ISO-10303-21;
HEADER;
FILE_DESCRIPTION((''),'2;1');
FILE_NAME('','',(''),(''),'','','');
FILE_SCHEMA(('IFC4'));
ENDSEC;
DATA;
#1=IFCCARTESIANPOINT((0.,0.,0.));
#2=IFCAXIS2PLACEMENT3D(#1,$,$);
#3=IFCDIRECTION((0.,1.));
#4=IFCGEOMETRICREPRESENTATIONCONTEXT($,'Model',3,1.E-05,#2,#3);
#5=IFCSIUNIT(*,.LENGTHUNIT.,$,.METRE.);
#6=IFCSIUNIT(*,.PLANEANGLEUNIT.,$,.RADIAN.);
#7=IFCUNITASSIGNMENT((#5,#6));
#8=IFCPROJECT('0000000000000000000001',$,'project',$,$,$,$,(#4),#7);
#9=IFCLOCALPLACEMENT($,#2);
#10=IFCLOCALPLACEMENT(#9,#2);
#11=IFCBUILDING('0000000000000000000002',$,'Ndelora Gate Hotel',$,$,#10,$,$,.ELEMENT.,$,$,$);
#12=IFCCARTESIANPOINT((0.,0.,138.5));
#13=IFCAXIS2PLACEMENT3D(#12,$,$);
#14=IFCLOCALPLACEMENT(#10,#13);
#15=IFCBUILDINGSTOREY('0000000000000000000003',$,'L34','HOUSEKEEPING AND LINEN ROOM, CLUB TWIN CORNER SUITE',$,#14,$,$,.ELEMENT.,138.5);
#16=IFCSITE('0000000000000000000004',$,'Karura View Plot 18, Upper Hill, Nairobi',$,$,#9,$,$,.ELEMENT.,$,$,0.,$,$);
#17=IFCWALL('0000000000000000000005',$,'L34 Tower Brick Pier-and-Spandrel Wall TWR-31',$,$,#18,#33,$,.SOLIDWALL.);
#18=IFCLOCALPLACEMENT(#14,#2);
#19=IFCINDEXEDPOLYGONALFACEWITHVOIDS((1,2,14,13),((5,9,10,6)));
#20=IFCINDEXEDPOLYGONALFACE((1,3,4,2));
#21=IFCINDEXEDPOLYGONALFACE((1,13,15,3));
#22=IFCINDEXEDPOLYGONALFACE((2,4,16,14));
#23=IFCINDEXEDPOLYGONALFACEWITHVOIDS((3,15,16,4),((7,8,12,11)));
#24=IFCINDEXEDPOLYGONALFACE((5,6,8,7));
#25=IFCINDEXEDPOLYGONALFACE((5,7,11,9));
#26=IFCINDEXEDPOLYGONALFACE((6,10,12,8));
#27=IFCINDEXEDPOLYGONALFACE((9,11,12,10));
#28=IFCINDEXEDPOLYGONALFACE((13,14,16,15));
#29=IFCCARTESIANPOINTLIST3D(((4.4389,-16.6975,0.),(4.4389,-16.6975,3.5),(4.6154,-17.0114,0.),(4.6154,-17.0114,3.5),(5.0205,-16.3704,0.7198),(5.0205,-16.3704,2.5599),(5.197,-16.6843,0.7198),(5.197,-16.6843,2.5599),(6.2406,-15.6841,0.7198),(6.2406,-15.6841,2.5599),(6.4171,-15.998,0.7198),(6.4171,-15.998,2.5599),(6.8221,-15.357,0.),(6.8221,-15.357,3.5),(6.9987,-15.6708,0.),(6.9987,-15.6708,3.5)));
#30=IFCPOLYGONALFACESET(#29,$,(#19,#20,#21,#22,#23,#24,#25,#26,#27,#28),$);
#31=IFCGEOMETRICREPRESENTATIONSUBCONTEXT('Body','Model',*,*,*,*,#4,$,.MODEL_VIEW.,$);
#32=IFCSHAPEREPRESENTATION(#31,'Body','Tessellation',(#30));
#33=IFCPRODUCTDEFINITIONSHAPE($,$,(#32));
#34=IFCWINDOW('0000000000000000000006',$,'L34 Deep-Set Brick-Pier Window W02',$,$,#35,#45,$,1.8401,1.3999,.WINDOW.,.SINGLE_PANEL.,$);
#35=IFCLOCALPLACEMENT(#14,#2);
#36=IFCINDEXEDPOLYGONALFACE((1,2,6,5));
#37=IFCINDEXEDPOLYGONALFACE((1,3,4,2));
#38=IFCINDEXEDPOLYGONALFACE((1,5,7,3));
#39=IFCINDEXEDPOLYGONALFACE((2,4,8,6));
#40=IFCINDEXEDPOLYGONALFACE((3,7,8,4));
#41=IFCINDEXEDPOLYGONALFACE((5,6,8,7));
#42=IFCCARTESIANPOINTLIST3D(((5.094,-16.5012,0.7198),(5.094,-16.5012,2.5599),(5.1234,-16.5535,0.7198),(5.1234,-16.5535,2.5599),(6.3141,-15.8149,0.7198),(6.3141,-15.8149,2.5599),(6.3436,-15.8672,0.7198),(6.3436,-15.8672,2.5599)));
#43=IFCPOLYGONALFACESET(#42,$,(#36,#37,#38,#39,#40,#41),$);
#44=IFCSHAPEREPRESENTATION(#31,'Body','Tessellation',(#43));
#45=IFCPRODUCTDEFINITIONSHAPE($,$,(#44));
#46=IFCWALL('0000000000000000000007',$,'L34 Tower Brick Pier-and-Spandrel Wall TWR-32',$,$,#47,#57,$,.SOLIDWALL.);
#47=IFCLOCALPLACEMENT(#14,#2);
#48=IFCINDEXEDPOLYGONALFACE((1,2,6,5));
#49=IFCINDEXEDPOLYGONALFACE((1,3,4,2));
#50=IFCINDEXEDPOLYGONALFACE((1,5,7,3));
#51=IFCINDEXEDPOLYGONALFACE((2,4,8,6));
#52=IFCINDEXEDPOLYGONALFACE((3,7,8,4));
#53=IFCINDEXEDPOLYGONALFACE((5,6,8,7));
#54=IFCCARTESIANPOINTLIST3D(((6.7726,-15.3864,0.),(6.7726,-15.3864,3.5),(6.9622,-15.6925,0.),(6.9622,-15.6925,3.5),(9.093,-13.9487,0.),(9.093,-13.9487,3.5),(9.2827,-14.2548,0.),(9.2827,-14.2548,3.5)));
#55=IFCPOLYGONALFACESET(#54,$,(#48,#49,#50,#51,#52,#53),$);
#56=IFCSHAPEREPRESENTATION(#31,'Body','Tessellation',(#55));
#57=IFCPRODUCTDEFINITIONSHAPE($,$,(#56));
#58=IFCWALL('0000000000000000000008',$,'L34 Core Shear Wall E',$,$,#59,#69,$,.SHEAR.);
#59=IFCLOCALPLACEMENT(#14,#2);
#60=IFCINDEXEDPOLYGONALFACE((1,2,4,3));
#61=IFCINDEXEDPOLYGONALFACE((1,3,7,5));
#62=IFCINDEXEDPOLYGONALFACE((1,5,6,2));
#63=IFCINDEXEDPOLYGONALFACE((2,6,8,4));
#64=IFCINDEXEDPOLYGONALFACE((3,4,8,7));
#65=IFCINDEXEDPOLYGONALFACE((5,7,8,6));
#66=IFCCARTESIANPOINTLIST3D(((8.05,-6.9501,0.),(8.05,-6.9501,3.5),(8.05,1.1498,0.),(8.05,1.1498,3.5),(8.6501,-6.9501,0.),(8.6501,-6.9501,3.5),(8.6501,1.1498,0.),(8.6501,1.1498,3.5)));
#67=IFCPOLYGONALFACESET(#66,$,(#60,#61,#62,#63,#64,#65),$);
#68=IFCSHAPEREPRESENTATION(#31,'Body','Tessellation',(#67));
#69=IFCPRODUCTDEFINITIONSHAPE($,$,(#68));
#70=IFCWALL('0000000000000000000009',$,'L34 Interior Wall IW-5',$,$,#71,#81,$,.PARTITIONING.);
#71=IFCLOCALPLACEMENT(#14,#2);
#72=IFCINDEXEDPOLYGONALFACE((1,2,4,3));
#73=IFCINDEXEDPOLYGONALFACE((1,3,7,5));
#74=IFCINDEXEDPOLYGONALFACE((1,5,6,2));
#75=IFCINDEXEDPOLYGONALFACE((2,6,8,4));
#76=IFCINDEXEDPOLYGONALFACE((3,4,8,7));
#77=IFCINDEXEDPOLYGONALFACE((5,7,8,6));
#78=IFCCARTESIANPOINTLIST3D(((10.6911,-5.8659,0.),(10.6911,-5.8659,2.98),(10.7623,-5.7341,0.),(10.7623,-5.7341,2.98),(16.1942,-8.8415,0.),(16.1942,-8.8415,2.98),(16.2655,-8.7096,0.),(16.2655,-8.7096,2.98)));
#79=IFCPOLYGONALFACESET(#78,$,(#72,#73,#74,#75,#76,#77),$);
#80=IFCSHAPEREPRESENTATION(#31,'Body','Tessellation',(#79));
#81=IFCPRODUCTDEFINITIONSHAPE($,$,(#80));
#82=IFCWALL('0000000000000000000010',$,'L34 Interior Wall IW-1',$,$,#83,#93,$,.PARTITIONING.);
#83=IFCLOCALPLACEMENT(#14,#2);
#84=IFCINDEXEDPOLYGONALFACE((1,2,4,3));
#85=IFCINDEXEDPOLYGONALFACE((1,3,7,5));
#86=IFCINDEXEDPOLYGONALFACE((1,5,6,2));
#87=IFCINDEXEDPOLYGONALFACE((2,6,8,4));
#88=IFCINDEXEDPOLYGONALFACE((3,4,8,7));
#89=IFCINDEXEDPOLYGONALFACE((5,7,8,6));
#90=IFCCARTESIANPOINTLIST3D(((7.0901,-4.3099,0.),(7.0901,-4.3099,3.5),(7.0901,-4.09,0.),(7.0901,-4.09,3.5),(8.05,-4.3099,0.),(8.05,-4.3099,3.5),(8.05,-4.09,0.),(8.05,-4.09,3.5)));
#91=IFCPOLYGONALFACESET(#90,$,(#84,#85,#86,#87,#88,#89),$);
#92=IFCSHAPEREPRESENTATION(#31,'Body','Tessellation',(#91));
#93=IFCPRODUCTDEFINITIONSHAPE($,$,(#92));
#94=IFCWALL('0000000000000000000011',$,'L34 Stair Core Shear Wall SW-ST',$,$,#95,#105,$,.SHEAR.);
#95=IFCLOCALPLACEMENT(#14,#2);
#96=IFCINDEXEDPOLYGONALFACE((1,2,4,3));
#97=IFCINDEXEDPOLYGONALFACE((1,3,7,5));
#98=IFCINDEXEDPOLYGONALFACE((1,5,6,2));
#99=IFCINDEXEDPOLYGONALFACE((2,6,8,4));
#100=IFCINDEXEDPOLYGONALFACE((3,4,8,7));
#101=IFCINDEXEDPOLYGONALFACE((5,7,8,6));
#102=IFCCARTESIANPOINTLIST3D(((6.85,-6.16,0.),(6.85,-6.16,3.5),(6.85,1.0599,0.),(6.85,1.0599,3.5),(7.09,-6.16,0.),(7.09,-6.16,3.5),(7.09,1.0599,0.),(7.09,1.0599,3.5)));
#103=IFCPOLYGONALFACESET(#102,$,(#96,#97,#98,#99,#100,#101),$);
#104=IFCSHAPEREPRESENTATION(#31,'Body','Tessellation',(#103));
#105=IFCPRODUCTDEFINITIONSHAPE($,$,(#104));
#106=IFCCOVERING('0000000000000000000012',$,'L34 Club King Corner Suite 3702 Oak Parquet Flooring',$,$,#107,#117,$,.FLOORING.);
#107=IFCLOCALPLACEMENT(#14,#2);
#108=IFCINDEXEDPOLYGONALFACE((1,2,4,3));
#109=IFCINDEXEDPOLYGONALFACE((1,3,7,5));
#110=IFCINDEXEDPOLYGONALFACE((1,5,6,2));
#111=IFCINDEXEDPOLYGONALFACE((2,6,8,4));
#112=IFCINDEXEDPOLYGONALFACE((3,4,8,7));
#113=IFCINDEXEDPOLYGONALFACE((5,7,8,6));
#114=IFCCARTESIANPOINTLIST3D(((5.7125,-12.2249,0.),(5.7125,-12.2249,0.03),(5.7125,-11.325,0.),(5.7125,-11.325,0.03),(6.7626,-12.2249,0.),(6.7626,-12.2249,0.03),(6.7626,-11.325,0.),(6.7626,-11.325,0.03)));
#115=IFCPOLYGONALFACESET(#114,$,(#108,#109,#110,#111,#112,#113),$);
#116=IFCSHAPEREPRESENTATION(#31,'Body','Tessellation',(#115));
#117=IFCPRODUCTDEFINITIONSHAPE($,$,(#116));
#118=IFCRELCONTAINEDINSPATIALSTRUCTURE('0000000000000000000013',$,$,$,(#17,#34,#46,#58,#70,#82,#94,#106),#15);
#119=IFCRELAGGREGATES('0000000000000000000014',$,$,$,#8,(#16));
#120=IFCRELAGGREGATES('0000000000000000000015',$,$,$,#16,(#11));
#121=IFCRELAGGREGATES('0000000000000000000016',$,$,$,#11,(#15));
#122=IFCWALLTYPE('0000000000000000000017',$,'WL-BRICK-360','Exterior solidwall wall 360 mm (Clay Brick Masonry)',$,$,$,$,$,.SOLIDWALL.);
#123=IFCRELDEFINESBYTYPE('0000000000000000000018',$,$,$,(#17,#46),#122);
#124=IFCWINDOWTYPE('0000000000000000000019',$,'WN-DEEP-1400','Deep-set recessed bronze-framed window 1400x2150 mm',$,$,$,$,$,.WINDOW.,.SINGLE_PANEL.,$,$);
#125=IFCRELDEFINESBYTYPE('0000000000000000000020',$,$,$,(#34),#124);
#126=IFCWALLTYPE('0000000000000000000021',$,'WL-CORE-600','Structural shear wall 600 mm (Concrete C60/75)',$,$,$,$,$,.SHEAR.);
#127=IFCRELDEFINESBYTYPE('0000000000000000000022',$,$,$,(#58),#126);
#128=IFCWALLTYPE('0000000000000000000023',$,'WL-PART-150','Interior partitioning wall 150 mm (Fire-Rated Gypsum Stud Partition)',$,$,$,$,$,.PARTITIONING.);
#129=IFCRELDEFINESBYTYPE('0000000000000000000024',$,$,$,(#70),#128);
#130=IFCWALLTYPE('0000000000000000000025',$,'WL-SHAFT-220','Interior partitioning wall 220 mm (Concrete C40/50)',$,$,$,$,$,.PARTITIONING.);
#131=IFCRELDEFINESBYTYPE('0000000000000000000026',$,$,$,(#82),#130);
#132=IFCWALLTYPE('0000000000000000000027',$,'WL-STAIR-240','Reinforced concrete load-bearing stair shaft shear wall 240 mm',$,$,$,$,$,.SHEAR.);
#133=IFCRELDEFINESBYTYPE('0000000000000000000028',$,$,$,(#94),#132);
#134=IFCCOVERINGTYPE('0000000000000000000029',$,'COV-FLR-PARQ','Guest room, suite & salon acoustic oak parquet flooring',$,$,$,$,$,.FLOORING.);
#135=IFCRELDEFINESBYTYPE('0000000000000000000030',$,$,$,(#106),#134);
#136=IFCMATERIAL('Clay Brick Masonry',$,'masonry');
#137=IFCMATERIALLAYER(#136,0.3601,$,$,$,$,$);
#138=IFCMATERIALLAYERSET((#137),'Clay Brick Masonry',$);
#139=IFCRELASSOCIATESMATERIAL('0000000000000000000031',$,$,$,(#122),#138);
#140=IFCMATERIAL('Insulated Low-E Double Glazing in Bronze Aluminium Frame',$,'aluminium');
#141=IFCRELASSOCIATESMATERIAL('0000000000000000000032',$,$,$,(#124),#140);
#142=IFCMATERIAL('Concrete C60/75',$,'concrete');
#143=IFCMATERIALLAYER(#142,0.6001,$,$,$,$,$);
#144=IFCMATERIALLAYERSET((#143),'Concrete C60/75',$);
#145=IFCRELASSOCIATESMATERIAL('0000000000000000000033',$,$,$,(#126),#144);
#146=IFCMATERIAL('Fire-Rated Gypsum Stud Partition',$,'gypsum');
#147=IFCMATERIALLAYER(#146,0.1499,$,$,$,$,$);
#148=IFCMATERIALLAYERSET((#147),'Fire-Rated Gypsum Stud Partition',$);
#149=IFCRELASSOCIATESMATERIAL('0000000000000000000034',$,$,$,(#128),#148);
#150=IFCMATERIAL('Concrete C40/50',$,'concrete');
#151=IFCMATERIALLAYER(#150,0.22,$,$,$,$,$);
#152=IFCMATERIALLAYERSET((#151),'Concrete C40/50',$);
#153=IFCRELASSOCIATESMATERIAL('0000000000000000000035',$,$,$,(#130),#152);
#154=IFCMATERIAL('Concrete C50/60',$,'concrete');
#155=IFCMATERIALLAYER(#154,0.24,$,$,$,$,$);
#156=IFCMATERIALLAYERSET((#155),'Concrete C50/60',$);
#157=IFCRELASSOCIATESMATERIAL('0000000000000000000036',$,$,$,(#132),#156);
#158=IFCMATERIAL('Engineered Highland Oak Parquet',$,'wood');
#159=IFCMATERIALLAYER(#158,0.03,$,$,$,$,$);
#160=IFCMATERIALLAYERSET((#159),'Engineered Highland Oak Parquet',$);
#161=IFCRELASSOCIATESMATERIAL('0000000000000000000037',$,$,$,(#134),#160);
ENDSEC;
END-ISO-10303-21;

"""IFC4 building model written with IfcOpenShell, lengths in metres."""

from ifc_helpers import new_model, si_unit, direction, frame, frame_2d, origin, origin_2d, place, context, subcontext, project, spatial, rectangle, extrude, material, layer, layer_set, type_object, element, fill, save


model = new_model("IFC4")

# Units and contexts
model_context = context("Model", 3, precision=1e-05, world=origin(), true_north=direction((0.0, 1.0)))
body_context = subcontext(model_context, "Body", "Model", "MODEL_VIEW")
ifc_project = project(units=[si_unit("LENGTHUNIT", "METRE"), si_unit("PLANEANGLEUNIT", "RADIAN")], contexts=[model_context])

# Site, building, storey
site_placement = place(None, origin())
site = spatial("IfcSite", under=ifc_project, at=site_placement, Name="Karura View Plot 18, Upper Hill, Nairobi", CompositionType="ELEMENT", RefElevation=0.0)
building_placement = place(site_placement, origin())
building = spatial("IfcBuilding", under=site, at=building_placement, Name="Ndelora Gate Hotel", CompositionType="ELEMENT")
storey_placement = place(building_placement, frame((0.0, 0.0, 138.5)))
storey = spatial("IfcBuildingStorey", under=building, at=storey_placement, Name="L34", Description="HOUSEKEEPING AND LINEN ROOM, CLUB TWIN CORNER SUITE", CompositionType="ELEMENT", Elevation=138.5)

# Shared definitions
ifc_material_1 = material(Name="Concrete C60/75", Category="concrete")

# Wall, opening, window
ifc_material_2 = material(Name="Clay Brick Masonry", Category="masonry")
ifc_layer_1 = layer(ifc_material_2, 0.3601)
ifc_layer_set_1 = layer_set([ifc_layer_1], Name="Clay Brick Masonry")
wall_type_1 = type_object("IfcWallType", Name="WL-BRICK-360", Description="Exterior solidwall wall 360 mm (Clay Brick Masonry)", PredefinedType="SOLIDWALL", material=ifc_layer_set_1)
wall_1_placement = place(storey_placement, frame((6.9104, -15.5139, 0.0), z_axis=(0.0, 0.0, 1.0), x_axis=(-0.87158, -0.490253, 0.0)))
wall_1 = element("IfcWall", 1, at=wall_1_placement, inside=storey, type_object=wall_type_1, Name="L34 Tower Brick Pier-and-Spandrel Wall TWR-31", PredefinedType="SOLIDWALL", context=body_context, shape_type="SweptSolid", body=[
    extrude(rectangle(XDim=2.7344, YDim=0.3601, at=frame_2d((1.3672, 0.0))), origin(), (0.0, 0.0, 1.0), 3.5),
])
opening_1_placement = place(wall_1_placement, frame((0.6672, 0.0, 0.72)))
opening_1 = element("IfcOpeningElement", 2, at=opening_1_placement, cuts=wall_1, PredefinedType="OPENING", context=body_context, shape_type="SweptSolid", body=[
    extrude(rectangle(XDim=1.3999, YDim=1.8401, at=frame_2d((0.7, 0.9199))), frame((0.0, 0.1899, 0.0), z_axis=(0.0, -1.0, 0.0), x_axis=(1.0, 0.0, 0.0)), (0.0, 0.0, 1.0), 0.3801),
])
ifc_material_3 = material(Name="Insulated Low-E Double Glazing in Bronze Aluminium Frame", Category="aluminium")
window_type = type_object("IfcWindowType", Name="WN-DEEP-1400", Description="Deep-set recessed bronze-framed window 1400x2150 mm", PartitioningType="SINGLE_PANEL", PredefinedType="WINDOW", material=ifc_material_3)
window_placement = place(opening_1_placement, origin())
window = element("IfcWindow", 3, at=window_placement, inside=storey, type_object=window_type, Name="L34 Deep-Set Brick-Pier Window W02", OverallHeight=1.8401, OverallWidth=1.3999, PartitioningType="SINGLE_PANEL", PredefinedType="WINDOW", context=body_context, shape_type="SweptSolid", body=[
    extrude(rectangle(XDim=1.3999, YDim=1.8401, at=frame_2d((0.7, 0.9199))), frame((0.0, 0.03, 0.0), z_axis=(0.0, -1.0, 0.0), x_axis=(1.0, 0.0, 0.0)), (0.0, 0.0, 1.0), 0.0601),
])
fill(opening_1, window)

# Walls
wall_2_placement = place(storey_placement, frame((9.1877, -14.1018, 0.0), z_axis=(0.0, 0.0, 1.0), x_axis=(-0.850067, -0.526675, 0.0)))
element("IfcWall", 4, at=wall_2_placement, inside=storey, type_object=wall_type_1, Name="L34 Tower Brick Pier-and-Spandrel Wall TWR-32", PredefinedType="SOLIDWALL", context=body_context, shape_type="SweptSolid", body=[
    extrude(rectangle(XDim=2.7297, YDim=0.3601, at=frame_2d((1.3647, 0.0))), origin(), (0.0, 0.0, 1.0), 3.5),
])
ifc_layer_2 = layer(ifc_material_1, 0.6001)
ifc_layer_set_2 = layer_set([ifc_layer_2], Name="Concrete C60/75")
wall_type_2 = type_object("IfcWallType", Name="WL-CORE-600", Description="Structural shear wall 600 mm (Concrete C60/75)", PredefinedType="SHEAR", material=ifc_layer_set_2)
wall_3_placement = place(storey_placement, frame((8.3501, -6.95, 0.0), z_axis=(0.0, 0.0, 1.0), x_axis=(0.0, 1.0, 0.0)))
element("IfcWall", 5, at=wall_3_placement, inside=storey, type_object=wall_type_2, Name="L34 Core Shear Wall E", PredefinedType="SHEAR", context=body_context, shape_type="SweptSolid", body=[
    extrude(rectangle(XDim=8.0999, YDim=0.6001, at=frame_2d((4.0498, 0.0))), origin(), (0.0, 0.0, 1.0), 3.5),
])

# Shared definitions
ifc_material_4 = material(Name="Fire-Rated Gypsum Stud Partition", Category="gypsum")
ifc_layer_3 = layer(ifc_material_4, 0.1499)
ifc_layer_set_3 = layer_set([ifc_layer_3], Name="Fire-Rated Gypsum Stud Partition")
wall_type_3 = type_object("IfcWallType", Name="WL-PART-150", Description="Interior partitioning wall 150 mm (Fire-Rated Gypsum Stud Partition)", PredefinedType="PARTITIONING", material=ifc_layer_set_3)

# Walls
wall_4_placement = place(storey_placement, frame((10.7268, -5.8, 0.0), z_axis=(0.0, 0.0, 1.0), x_axis=(0.879647, -0.475628, 0.0)))
element("IfcWall", 6, at=wall_4_placement, inside=storey, type_object=wall_type_3, Name="L34 Interior Wall IW-5", PredefinedType="PARTITIONING", context=body_context, shape_type="SweptSolid", body=[
    extrude(rectangle(XDim=6.2561, YDim=0.1499, at=frame_2d((3.1279, 0.0))), origin(), (0.0, 0.0, 1.0), 2.98),
])
ifc_material_5 = material(Name="Concrete C40/50", Category="concrete")
ifc_layer_4 = layer(ifc_material_5, 0.22)
ifc_layer_set_4 = layer_set([ifc_layer_4], Name="Concrete C40/50")
wall_type_4 = type_object("IfcWallType", Name="WL-SHAFT-220", Description="Interior partitioning wall 220 mm (Concrete C40/50)", PredefinedType="PARTITIONING", material=ifc_layer_set_4)
wall_5_placement = place(storey_placement, frame((7.0901, -4.2, 0.0), z_axis=(0.0, 0.0, 1.0), x_axis=(1.0, 0.0, 0.0)))
element("IfcWall", 7, at=wall_5_placement, inside=storey, type_object=wall_type_4, Name="L34 Interior Wall IW-1", PredefinedType="PARTITIONING", context=body_context, shape_type="SweptSolid", body=[
    extrude(rectangle(XDim=0.96, YDim=0.22, at=frame_2d((0.48, 0.0))), origin(), (0.0, 0.0, 1.0), 3.5),
])
ifc_material_6 = material(Name="Concrete C50/60", Category="concrete")
ifc_layer_5 = layer(ifc_material_6, 0.24)
ifc_layer_set_5 = layer_set([ifc_layer_5], Name="Concrete C50/60")
wall_type_5 = type_object("IfcWallType", Name="WL-STAIR-240", Description="Reinforced concrete load-bearing stair shaft shear wall 240 mm", PredefinedType="SHEAR", material=ifc_layer_set_5)
wall_6_placement = place(storey_placement, frame((6.97, -6.1599, 0.0), z_axis=(0.0, 0.0, 1.0), x_axis=(0.0, 1.0, 0.0)))
element("IfcWall", 8, at=wall_6_placement, inside=storey, type_object=wall_type_5, Name="L34 Stair Core Shear Wall SW-ST", PredefinedType="SHEAR", context=body_context, shape_type="SweptSolid", body=[
    extrude(rectangle(XDim=7.22, YDim=0.24, at=frame_2d((3.6099, 0.0))), origin(), (0.0, 0.0, 1.0), 3.5),
])

# Covering
ifc_material_7 = material(Name="Engineered Highland Oak Parquet", Category="wood")
ifc_layer_6 = layer(ifc_material_7, 0.03)
ifc_layer_set_6 = layer_set([ifc_layer_6], Name="Engineered Highland Oak Parquet")
covering_type = type_object("IfcCoveringType", Name="COV-FLR-PARQ", Description="Guest room, suite & salon acoustic oak parquet flooring", PredefinedType="FLOORING", material=ifc_layer_set_6)
covering_placement = place(storey_placement, frame((6.2375, -11.7749, 0.0), z_axis=(0.0, 0.0, 1.0), x_axis=(1.0, 0.0, 0.0)))
element("IfcCovering", 9, at=covering_placement, inside=storey, type_object=covering_type, Name="L34 Club King Corner Suite 3702 Oak Parquet Flooring", PredefinedType="FLOORING", context=body_context, shape_type="SweptSolid", body=[
    extrude(rectangle(XDim=1.05, YDim=0.8999, at=origin_2d()), origin(), (0.0, 0.0, 1.0), 0.03),
])

save(model, "model.ifc")
